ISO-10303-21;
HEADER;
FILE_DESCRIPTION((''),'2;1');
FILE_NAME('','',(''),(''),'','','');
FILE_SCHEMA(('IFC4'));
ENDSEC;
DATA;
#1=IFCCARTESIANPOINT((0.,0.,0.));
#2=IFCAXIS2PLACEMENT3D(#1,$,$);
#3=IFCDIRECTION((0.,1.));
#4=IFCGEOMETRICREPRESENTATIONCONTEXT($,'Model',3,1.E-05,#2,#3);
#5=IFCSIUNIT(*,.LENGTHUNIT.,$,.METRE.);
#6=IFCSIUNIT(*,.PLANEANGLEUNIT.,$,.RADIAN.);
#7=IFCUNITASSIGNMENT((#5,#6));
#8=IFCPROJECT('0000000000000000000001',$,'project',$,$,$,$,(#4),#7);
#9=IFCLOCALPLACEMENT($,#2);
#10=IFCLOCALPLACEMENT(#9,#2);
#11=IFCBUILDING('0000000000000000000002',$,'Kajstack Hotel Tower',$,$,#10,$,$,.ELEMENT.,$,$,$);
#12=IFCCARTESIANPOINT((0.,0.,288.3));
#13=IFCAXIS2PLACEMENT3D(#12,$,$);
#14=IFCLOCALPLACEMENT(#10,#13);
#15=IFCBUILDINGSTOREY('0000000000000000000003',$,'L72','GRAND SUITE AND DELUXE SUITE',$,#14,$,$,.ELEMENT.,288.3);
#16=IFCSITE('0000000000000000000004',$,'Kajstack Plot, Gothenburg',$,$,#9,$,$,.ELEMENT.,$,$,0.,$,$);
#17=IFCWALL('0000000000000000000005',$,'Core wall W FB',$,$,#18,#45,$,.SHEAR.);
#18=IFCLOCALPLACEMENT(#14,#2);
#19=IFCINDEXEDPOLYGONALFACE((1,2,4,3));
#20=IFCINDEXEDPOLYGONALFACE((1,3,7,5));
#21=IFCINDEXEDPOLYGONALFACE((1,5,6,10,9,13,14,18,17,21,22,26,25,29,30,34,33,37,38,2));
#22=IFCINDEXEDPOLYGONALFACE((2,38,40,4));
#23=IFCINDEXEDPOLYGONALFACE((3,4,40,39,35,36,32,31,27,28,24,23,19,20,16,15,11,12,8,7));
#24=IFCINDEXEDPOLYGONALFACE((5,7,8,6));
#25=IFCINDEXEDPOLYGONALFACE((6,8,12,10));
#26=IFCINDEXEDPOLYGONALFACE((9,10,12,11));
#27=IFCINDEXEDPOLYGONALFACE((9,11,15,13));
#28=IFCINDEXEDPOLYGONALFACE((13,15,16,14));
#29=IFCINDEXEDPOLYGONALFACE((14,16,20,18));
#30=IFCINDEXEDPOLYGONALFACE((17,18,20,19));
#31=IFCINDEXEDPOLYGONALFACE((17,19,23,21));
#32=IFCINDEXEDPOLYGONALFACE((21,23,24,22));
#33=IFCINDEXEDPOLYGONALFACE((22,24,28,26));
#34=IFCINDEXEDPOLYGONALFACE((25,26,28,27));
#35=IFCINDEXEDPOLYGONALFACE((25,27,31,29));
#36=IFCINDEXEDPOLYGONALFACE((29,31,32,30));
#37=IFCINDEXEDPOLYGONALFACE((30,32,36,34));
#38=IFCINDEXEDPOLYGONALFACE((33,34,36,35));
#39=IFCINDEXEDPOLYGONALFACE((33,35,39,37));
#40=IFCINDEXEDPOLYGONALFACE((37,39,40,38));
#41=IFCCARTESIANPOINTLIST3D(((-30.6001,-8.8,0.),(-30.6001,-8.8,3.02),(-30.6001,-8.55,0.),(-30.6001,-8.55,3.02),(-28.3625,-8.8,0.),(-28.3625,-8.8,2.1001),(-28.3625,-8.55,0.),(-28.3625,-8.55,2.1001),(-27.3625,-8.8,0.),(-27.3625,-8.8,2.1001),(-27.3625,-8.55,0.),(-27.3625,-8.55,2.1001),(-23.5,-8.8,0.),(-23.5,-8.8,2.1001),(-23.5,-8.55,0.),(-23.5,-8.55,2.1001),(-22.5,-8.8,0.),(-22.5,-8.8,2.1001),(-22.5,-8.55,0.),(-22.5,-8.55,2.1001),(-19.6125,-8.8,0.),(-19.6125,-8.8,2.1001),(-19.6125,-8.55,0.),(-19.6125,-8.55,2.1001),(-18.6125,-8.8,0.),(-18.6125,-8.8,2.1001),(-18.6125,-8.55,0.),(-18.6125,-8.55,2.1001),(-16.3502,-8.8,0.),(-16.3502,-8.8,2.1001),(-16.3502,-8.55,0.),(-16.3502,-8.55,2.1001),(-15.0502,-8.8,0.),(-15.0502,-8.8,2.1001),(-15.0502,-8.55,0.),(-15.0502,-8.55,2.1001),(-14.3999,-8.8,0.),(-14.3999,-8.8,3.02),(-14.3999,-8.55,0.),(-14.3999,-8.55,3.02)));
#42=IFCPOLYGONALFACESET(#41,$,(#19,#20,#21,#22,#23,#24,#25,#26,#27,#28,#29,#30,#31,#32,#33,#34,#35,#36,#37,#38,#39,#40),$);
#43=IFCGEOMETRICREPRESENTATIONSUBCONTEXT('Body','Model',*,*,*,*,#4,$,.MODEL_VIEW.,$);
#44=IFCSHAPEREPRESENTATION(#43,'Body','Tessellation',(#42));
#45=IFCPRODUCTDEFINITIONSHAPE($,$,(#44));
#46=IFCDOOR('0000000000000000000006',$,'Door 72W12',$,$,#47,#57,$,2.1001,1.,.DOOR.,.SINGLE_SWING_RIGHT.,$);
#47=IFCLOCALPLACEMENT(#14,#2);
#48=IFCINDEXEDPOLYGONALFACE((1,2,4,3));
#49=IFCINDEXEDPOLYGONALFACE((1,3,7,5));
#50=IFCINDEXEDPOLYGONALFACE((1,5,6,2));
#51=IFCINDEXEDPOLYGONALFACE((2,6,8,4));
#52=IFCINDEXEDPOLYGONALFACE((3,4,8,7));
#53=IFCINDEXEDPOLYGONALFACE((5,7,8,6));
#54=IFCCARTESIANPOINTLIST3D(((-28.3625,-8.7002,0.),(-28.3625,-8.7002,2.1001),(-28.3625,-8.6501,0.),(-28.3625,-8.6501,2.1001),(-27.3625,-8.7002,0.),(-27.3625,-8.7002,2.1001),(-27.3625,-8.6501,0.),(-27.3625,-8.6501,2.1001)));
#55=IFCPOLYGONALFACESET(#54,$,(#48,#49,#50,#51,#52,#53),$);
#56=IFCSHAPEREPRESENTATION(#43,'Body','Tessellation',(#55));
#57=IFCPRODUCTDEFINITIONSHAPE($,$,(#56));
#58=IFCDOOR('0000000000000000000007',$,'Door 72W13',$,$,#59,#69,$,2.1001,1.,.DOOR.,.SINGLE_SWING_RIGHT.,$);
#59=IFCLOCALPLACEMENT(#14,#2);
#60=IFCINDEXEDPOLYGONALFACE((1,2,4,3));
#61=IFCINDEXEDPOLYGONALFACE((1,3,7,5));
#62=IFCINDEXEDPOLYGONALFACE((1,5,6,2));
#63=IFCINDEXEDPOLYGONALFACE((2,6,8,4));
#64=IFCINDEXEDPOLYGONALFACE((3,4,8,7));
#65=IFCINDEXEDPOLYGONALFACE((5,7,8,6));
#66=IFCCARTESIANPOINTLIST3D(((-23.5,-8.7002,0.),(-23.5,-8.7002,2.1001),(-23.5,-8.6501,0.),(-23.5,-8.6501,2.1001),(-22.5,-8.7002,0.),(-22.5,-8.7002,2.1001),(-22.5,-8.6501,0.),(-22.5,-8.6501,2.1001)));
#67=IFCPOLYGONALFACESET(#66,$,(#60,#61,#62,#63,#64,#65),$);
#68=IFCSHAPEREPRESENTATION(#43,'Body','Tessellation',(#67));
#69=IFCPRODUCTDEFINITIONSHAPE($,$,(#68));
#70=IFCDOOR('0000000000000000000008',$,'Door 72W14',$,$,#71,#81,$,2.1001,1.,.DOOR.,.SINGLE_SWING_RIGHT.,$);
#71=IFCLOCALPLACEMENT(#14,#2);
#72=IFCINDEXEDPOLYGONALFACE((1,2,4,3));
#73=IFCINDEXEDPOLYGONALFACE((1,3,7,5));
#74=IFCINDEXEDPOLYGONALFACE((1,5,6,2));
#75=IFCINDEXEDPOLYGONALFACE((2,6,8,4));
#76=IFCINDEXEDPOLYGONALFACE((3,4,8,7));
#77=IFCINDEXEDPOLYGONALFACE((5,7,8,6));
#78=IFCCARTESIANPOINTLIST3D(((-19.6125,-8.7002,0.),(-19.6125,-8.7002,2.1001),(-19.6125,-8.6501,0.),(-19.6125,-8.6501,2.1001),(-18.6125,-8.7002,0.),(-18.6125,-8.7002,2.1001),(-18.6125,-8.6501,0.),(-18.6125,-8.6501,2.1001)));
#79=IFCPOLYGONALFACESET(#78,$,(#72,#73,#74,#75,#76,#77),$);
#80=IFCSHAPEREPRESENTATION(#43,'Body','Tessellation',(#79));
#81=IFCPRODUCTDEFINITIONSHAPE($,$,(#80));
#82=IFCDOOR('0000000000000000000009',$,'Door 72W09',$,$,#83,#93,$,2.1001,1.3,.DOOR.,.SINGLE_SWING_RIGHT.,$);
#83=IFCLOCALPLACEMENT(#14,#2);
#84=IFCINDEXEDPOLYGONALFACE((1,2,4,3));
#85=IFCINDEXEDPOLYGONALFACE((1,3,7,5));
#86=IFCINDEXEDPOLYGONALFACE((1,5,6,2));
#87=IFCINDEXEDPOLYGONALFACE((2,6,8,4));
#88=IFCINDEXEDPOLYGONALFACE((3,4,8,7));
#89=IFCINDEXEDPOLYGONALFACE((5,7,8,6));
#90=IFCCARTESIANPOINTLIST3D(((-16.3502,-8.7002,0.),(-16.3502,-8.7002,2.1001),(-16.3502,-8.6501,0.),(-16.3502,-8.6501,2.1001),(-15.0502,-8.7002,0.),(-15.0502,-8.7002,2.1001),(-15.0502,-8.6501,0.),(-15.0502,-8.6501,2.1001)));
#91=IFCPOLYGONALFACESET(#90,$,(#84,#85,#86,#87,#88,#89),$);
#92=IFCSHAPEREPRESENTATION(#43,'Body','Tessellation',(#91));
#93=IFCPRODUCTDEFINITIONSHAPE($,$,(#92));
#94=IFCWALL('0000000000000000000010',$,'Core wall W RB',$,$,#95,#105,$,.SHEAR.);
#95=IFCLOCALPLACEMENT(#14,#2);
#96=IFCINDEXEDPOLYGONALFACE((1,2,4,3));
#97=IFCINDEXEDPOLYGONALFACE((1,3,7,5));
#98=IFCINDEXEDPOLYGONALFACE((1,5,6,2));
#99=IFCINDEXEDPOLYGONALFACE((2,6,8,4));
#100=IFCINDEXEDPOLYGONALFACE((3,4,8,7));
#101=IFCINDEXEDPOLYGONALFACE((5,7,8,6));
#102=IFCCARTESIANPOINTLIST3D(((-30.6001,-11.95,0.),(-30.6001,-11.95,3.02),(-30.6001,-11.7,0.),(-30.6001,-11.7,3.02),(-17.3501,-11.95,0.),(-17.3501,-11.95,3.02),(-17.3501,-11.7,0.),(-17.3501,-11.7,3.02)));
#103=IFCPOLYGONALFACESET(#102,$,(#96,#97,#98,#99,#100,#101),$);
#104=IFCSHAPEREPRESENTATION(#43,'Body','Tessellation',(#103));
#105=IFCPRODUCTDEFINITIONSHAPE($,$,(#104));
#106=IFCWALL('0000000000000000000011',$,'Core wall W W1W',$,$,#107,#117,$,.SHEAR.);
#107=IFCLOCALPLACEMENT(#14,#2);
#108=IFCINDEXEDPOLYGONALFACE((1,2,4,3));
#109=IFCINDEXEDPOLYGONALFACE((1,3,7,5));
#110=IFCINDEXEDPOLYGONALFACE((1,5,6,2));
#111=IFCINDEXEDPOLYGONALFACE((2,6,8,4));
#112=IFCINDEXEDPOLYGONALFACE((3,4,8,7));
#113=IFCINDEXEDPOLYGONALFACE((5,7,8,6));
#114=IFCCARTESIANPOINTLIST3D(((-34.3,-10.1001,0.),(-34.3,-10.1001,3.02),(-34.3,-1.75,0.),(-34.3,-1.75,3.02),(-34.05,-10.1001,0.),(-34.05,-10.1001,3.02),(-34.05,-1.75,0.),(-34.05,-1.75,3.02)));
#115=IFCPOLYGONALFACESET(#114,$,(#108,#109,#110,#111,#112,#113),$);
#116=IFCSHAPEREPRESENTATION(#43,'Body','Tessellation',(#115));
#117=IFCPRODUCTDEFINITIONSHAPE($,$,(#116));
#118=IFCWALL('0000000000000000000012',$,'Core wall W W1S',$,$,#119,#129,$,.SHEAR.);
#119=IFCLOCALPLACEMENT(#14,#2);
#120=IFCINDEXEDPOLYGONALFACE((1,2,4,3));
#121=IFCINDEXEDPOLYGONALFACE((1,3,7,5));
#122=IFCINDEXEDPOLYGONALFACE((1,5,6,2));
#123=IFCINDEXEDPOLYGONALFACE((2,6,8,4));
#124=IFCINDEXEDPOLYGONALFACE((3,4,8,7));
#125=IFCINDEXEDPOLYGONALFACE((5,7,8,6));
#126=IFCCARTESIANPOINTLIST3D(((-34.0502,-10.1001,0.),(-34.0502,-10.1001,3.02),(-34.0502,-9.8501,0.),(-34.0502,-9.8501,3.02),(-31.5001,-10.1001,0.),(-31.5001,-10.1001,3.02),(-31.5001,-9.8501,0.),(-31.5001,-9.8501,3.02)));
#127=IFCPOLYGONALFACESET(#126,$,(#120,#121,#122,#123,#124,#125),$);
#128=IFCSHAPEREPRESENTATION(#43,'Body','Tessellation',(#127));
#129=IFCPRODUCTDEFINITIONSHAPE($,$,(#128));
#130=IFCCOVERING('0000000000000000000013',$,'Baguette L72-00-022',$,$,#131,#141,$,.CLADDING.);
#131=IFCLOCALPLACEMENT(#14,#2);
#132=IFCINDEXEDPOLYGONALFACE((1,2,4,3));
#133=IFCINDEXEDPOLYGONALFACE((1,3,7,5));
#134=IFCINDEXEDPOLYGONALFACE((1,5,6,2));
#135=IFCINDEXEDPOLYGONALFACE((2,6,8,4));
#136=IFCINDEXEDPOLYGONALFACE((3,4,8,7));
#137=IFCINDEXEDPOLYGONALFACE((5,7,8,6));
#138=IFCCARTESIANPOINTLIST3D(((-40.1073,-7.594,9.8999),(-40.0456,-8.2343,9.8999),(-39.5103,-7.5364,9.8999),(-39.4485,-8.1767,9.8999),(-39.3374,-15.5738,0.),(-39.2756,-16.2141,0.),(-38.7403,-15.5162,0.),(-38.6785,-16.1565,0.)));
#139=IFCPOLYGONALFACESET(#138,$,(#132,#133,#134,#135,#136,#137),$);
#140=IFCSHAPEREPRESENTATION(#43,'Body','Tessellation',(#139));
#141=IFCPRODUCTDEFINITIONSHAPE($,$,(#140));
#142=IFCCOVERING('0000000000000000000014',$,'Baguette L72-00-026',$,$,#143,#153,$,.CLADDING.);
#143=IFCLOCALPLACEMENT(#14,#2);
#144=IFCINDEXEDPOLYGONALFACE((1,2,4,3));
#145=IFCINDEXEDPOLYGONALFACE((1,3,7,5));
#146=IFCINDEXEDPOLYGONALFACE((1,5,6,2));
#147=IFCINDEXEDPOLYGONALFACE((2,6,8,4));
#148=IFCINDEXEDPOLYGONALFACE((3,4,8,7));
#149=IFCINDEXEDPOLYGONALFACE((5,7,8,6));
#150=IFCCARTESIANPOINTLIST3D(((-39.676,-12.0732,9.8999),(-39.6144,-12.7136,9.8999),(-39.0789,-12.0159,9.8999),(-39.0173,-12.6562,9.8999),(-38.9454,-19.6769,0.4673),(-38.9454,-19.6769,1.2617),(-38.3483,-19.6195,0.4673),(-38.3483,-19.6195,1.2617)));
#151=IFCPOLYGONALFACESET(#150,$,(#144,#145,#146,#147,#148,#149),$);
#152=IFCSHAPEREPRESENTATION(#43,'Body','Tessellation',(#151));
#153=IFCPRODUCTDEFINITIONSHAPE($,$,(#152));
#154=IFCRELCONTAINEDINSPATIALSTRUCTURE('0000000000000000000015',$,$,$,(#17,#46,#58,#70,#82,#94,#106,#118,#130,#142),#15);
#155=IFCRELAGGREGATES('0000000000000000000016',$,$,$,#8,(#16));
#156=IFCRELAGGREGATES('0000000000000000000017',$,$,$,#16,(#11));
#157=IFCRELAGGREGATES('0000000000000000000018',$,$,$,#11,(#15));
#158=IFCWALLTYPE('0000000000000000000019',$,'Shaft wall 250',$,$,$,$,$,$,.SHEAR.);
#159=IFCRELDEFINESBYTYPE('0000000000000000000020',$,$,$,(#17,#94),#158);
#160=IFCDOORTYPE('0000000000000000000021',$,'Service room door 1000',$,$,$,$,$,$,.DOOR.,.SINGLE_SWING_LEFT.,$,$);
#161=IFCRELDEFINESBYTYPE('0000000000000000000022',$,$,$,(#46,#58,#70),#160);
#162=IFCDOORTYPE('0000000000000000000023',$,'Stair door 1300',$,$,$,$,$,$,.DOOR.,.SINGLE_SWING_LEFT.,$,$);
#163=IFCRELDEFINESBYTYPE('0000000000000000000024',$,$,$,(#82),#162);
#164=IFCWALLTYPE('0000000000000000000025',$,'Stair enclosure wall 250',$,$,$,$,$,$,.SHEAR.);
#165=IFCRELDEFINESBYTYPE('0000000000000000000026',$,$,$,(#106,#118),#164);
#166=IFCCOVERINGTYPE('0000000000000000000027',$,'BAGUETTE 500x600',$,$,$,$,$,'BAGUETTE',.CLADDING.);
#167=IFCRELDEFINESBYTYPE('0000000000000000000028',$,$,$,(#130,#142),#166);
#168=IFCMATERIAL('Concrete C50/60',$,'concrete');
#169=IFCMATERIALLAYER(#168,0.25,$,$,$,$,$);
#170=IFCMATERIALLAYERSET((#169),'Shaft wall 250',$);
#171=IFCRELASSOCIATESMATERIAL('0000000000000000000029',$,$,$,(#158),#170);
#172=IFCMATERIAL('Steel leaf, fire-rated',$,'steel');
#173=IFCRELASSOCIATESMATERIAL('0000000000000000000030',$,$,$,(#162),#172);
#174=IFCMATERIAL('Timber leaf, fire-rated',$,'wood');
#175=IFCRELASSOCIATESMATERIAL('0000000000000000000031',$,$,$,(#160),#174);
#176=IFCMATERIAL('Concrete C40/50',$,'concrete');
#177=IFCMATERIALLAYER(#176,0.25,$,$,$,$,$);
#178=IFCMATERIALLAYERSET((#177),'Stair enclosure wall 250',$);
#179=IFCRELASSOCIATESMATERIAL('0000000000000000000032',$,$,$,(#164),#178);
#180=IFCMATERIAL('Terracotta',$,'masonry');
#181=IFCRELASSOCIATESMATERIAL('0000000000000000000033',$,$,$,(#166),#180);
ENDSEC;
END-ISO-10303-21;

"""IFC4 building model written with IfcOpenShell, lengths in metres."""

from ifc_helpers import new_model, si_unit, direction, frame, frame_2d, origin, origin_2d, place, context, subcontext, project, spatial, polyline, rectangle, outline, extrude, material, layer, layer_set, material_profile, profile_set, type_object, element, fill, save


model = new_model("IFC4")

# Units and contexts
model_context = context("Model", 3, precision=1e-05, world=origin(), true_north=direction((0.0, 1.0)))
body_context = subcontext(model_context, "Body", "Model", "MODEL_VIEW")
ifc_project = project(units=[si_unit("LENGTHUNIT", "METRE"), si_unit("PLANEANGLEUNIT", "RADIAN")], contexts=[model_context])

# Site, building, storey
site_placement = place(None, origin())
site = spatial("IfcSite", under=ifc_project, at=site_placement, Name="Kajstack Plot, Gothenburg", CompositionType="ELEMENT", RefElevation=0.0)
building_placement = place(site_placement, origin())
building = spatial("IfcBuilding", under=site, at=building_placement, Name="Kajstack Hotel Tower", CompositionType="ELEMENT")
storey_placement = place(building_placement, frame((0.0, 0.0, 288.3)))
storey = spatial("IfcBuildingStorey", under=building, at=storey_placement, Name="L72", Description="GRAND SUITE AND DELUXE SUITE", CompositionType="ELEMENT", Elevation=288.3)

# Wall, openings, doors
ifc_material_1 = material(Name="Concrete C50/60", Category="concrete")
ifc_layer_1 = layer(ifc_material_1, 0.25)
ifc_layer_set_1 = layer_set([ifc_layer_1], Name="Shaft wall 250")
wall_type_1 = type_object("IfcWallType", Name="Shaft wall 250", PredefinedType="SHEAR", material=ifc_layer_set_1)
ifc_material_2 = material(Name="Timber leaf, fire-rated", Category="wood")
ifc_material_3 = material(Name="Steel leaf, fire-rated", Category="steel")
door_type_1 = type_object("IfcDoorType", Name="Stair door 1300", OperationType="SINGLE_SWING_LEFT", PredefinedType="DOOR", material=ifc_material_3)
wall_1_placement = place(storey_placement, frame((-30.6001, -8.675, 0.0), z_axis=(0.0, 0.0, 1.0), x_axis=(1.0, 0.0, 0.0)))
wall_1 = element("IfcWall", 1, at=wall_1_placement, inside=storey, type_object=wall_type_1, Name="Core wall W FB", PredefinedType="SHEAR", context=body_context, shape_type="SweptSolid", body=[
    extrude(rectangle(XDim=16.2002, YDim=0.25, at=frame_2d((8.1001, 0.0))), origin(), (0.0, 0.0, 1.0), 3.02),
])
opening_1_placement = place(wall_1_placement, frame((14.25, 0.0, 0.0)))
opening_1 = element("IfcOpeningElement", 2, at=opening_1_placement, cuts=wall_1, PredefinedType="OPENING", context=body_context, shape_type="SweptSolid", body=[
    extrude(rectangle(XDim=1.3, YDim=2.1001, at=frame_2d((0.6499, 1.05))), frame((0.0, 0.135, 0.0), z_axis=(0.0, -1.0, 0.0), x_axis=(1.0, 0.0, 0.0)), (0.0, 0.0, 1.0), 0.27),
])
opening_2_placement = place(wall_1_placement, frame((2.2375, 0.0, 0.0)))
opening_2 = element("IfcOpeningElement", 3, at=opening_2_placement, cuts=wall_1, PredefinedType="OPENING", context=body_context, shape_type="SweptSolid", body=[
    extrude(rectangle(XDim=1.0, YDim=2.1001, at=frame_2d((0.5, 1.05))), frame((0.0, 0.135, 0.0), z_axis=(0.0, -1.0, 0.0), x_axis=(1.0, 0.0, 0.0)), (0.0, 0.0, 1.0), 0.27),
])
opening_3_placement = place(wall_1_placement, frame((7.1001, 0.0, 0.0)))
opening_3 = element("IfcOpeningElement", 4, at=opening_3_placement, cuts=wall_1, PredefinedType="OPENING", context=body_context, shape_type="SweptSolid", body=[
    extrude(rectangle(XDim=1.0, YDim=2.1001, at=frame_2d((0.5, 1.05))), frame((0.0, 0.135, 0.0), z_axis=(0.0, -1.0, 0.0), x_axis=(1.0, 0.0, 0.0)), (0.0, 0.0, 1.0), 0.27),
])
opening_4_placement = place(wall_1_placement, frame((10.9875, 0.0, 0.0)))
opening_4 = element("IfcOpeningElement", 5, at=opening_4_placement, cuts=wall_1, PredefinedType="OPENING", context=body_context, shape_type="SweptSolid", body=[
    extrude(rectangle(XDim=1.0, YDim=2.1001, at=frame_2d((0.5, 1.05))), frame((0.0, 0.135, 0.0), z_axis=(0.0, -1.0, 0.0), x_axis=(1.0, 0.0, 0.0)), (0.0, 0.0, 1.0), 0.27),
])
door_type_2 = type_object("IfcDoorType", Name="Service room door 1000", OperationType="SINGLE_SWING_LEFT", PredefinedType="DOOR", material=ifc_material_2)
door_1_placement = place(opening_2_placement, origin())
door_1 = element("IfcDoor", 6, at=door_1_placement, inside=storey, type_object=door_type_2, Name="Door 72W12", OperationType="SINGLE_SWING_RIGHT", OverallHeight=2.1001, OverallWidth=1.0, PredefinedType="DOOR", context=body_context, shape_type="SweptSolid", body=[
    extrude(rectangle(XDim=1.0, YDim=2.1001, at=frame_2d((0.5, 1.05))), frame((0.0, 0.0249, 0.0), z_axis=(0.0, -1.0, 0.0), x_axis=(1.0, 0.0, 0.0)), (0.0, 0.0, 1.0), 0.05),
])
fill(opening_2, door_1)
door_2_placement = place(opening_3_placement, origin())
door_2 = element("IfcDoor", 7, at=door_2_placement, inside=storey, type_object=door_type_2, Name="Door 72W13", OperationType="SINGLE_SWING_RIGHT", OverallHeight=2.1001, OverallWidth=1.0, PredefinedType="DOOR", context=body_context, shape_type="SweptSolid", body=[
    extrude(rectangle(XDim=1.0, YDim=2.1001, at=frame_2d((0.5, 1.05))), frame((0.0, 0.0249, 0.0), z_axis=(0.0, -1.0, 0.0), x_axis=(1.0, 0.0, 0.0)), (0.0, 0.0, 1.0), 0.05),
])
fill(opening_3, door_2)
door_3_placement = place(opening_4_placement, origin())
door_3 = element("IfcDoor", 8, at=door_3_placement, inside=storey, type_object=door_type_2, Name="Door 72W14", OperationType="SINGLE_SWING_RIGHT", OverallHeight=2.1001, OverallWidth=1.0, PredefinedType="DOOR", context=body_context, shape_type="SweptSolid", body=[
    extrude(rectangle(XDim=1.0, YDim=2.1001, at=frame_2d((0.5, 1.05))), frame((0.0, 0.0249, 0.0), z_axis=(0.0, -1.0, 0.0), x_axis=(1.0, 0.0, 0.0)), (0.0, 0.0, 1.0), 0.05),
])
fill(opening_4, door_3)
door_4_placement = place(opening_1_placement, origin())
door_4 = element("IfcDoor", 9, at=door_4_placement, inside=storey, type_object=door_type_1, Name="Door 72W09", OperationType="SINGLE_SWING_RIGHT", OverallHeight=2.1001, OverallWidth=1.3, PredefinedType="DOOR", context=body_context, shape_type="SweptSolid", body=[
    extrude(rectangle(XDim=1.3, YDim=2.1001, at=frame_2d((0.6499, 1.05))), frame((0.0, 0.0249, 0.0), z_axis=(0.0, -1.0, 0.0), x_axis=(1.0, 0.0, 0.0)), (0.0, 0.0, 1.0), 0.05),
])
fill(opening_1, door_4)

# Walls
wall_2_placement = place(storey_placement, frame((-30.6001, -11.825, 0.0), z_axis=(0.0, 0.0, 1.0), x_axis=(1.0, 0.0, 0.0)))
element("IfcWall", 10, at=wall_2_placement, inside=storey, type_object=wall_type_1, Name="Core wall W RB", PredefinedType="SHEAR", context=body_context, shape_type="SweptSolid", body=[
    extrude(rectangle(XDim=13.25, YDim=0.25, at=frame_2d((6.625, 0.0))), origin(), (0.0, 0.0, 1.0), 3.02),
])
ifc_material_4 = material(Name="Concrete C40/50", Category="concrete")
ifc_layer_2 = layer(ifc_material_4, 0.25)
ifc_layer_set_2 = layer_set([ifc_layer_2], Name="Stair enclosure wall 250")
wall_type_2 = type_object("IfcWallType", Name="Stair enclosure wall 250", PredefinedType="SHEAR", material=ifc_layer_set_2)
wall_3_placement = place(storey_placement, frame((-34.175, -10.1001, 0.0), z_axis=(0.0, 0.0, 1.0), x_axis=(0.0, 1.0, 0.0)))
element("IfcWall", 11, at=wall_3_placement, inside=storey, type_object=wall_type_2, Name="Core wall W W1W", PredefinedType="SHEAR", context=body_context, shape_type="SweptSolid", body=[
    extrude(rectangle(XDim=8.3501, YDim=0.25, at=frame_2d((4.175, 0.0))), origin(), (0.0, 0.0, 1.0), 3.02),
])
wall_4_placement = place(storey_placement, frame((-34.05, -9.9751, 0.0), z_axis=(0.0, 0.0, 1.0), x_axis=(1.0, 0.0, 0.0)))
element("IfcWall", 12, at=wall_4_placement, inside=storey, type_object=wall_type_2, Name="Core wall W W1S", PredefinedType="SHEAR", context=body_context, shape_type="SweptSolid", body=[
    extrude(rectangle(XDim=2.55, YDim=0.25, at=frame_2d((1.2749, 0.0))), origin(), (0.0, 0.0, 1.0), 3.02),
])

# Coverings
ifc_material_5 = material(Name="Terracotta", Category="masonry")
ifc_material_profile = material_profile(ifc_material_5, rectangle(XDim=0.6001, YDim=0.5, at=origin_2d()), Name="Terracotta-clad concrete baguette 500 x 600")
ifc_profile_set = profile_set([ifc_material_profile], Name="Terracotta")
covering_type = type_object("IfcCoveringType", Name="BAGUETTE 500x600", ElementType="BAGUETTE", PredefinedType="CLADDING", material=ifc_profile_set)
covering_1_placement = place(storey_placement, frame((-39.5103, -7.5364, 0.0), z_axis=(-0.995378, -0.096038, 0.0), x_axis=(0.096038, -0.995378, 0.0)))
element("IfcCovering", 13, at=covering_1_placement, inside=storey, type_object=covering_type, Name="Baguette L72-00-022", PredefinedType="CLADDING", context=body_context, shape_type="SweptSolid", body=[
    extrude(outline(polyline([(0.0, 9.8999), (8.0168, 0.0), (8.6602, 0.0), (0.6433, 9.8999), (0.0, 9.8999)])), origin(), (0.0, 0.0, 1.0), 0.5999),
])
covering_2_placement = place(storey_placement, frame((-39.0789, -12.0159, 0.0), z_axis=(-0.995416, -0.095635, 0.0), x_axis=(0.095635, -0.995416, 0.0)))
element("IfcCovering", 14, at=covering_2_placement, inside=storey, type_object=covering_type, Name="Baguette L72-00-026", PredefinedType="CLADDING", context=body_context, shape_type="SweptSolid", body=[
    extrude(outline(polyline([(0.0, 9.8999), (7.6387, 0.4673), (7.6387, 1.2617), (0.6433, 9.8999), (0.0, 9.8999)])), origin(), (0.0, 0.0, 1.0), 0.5999),
])

save(model, "model.ifc")
